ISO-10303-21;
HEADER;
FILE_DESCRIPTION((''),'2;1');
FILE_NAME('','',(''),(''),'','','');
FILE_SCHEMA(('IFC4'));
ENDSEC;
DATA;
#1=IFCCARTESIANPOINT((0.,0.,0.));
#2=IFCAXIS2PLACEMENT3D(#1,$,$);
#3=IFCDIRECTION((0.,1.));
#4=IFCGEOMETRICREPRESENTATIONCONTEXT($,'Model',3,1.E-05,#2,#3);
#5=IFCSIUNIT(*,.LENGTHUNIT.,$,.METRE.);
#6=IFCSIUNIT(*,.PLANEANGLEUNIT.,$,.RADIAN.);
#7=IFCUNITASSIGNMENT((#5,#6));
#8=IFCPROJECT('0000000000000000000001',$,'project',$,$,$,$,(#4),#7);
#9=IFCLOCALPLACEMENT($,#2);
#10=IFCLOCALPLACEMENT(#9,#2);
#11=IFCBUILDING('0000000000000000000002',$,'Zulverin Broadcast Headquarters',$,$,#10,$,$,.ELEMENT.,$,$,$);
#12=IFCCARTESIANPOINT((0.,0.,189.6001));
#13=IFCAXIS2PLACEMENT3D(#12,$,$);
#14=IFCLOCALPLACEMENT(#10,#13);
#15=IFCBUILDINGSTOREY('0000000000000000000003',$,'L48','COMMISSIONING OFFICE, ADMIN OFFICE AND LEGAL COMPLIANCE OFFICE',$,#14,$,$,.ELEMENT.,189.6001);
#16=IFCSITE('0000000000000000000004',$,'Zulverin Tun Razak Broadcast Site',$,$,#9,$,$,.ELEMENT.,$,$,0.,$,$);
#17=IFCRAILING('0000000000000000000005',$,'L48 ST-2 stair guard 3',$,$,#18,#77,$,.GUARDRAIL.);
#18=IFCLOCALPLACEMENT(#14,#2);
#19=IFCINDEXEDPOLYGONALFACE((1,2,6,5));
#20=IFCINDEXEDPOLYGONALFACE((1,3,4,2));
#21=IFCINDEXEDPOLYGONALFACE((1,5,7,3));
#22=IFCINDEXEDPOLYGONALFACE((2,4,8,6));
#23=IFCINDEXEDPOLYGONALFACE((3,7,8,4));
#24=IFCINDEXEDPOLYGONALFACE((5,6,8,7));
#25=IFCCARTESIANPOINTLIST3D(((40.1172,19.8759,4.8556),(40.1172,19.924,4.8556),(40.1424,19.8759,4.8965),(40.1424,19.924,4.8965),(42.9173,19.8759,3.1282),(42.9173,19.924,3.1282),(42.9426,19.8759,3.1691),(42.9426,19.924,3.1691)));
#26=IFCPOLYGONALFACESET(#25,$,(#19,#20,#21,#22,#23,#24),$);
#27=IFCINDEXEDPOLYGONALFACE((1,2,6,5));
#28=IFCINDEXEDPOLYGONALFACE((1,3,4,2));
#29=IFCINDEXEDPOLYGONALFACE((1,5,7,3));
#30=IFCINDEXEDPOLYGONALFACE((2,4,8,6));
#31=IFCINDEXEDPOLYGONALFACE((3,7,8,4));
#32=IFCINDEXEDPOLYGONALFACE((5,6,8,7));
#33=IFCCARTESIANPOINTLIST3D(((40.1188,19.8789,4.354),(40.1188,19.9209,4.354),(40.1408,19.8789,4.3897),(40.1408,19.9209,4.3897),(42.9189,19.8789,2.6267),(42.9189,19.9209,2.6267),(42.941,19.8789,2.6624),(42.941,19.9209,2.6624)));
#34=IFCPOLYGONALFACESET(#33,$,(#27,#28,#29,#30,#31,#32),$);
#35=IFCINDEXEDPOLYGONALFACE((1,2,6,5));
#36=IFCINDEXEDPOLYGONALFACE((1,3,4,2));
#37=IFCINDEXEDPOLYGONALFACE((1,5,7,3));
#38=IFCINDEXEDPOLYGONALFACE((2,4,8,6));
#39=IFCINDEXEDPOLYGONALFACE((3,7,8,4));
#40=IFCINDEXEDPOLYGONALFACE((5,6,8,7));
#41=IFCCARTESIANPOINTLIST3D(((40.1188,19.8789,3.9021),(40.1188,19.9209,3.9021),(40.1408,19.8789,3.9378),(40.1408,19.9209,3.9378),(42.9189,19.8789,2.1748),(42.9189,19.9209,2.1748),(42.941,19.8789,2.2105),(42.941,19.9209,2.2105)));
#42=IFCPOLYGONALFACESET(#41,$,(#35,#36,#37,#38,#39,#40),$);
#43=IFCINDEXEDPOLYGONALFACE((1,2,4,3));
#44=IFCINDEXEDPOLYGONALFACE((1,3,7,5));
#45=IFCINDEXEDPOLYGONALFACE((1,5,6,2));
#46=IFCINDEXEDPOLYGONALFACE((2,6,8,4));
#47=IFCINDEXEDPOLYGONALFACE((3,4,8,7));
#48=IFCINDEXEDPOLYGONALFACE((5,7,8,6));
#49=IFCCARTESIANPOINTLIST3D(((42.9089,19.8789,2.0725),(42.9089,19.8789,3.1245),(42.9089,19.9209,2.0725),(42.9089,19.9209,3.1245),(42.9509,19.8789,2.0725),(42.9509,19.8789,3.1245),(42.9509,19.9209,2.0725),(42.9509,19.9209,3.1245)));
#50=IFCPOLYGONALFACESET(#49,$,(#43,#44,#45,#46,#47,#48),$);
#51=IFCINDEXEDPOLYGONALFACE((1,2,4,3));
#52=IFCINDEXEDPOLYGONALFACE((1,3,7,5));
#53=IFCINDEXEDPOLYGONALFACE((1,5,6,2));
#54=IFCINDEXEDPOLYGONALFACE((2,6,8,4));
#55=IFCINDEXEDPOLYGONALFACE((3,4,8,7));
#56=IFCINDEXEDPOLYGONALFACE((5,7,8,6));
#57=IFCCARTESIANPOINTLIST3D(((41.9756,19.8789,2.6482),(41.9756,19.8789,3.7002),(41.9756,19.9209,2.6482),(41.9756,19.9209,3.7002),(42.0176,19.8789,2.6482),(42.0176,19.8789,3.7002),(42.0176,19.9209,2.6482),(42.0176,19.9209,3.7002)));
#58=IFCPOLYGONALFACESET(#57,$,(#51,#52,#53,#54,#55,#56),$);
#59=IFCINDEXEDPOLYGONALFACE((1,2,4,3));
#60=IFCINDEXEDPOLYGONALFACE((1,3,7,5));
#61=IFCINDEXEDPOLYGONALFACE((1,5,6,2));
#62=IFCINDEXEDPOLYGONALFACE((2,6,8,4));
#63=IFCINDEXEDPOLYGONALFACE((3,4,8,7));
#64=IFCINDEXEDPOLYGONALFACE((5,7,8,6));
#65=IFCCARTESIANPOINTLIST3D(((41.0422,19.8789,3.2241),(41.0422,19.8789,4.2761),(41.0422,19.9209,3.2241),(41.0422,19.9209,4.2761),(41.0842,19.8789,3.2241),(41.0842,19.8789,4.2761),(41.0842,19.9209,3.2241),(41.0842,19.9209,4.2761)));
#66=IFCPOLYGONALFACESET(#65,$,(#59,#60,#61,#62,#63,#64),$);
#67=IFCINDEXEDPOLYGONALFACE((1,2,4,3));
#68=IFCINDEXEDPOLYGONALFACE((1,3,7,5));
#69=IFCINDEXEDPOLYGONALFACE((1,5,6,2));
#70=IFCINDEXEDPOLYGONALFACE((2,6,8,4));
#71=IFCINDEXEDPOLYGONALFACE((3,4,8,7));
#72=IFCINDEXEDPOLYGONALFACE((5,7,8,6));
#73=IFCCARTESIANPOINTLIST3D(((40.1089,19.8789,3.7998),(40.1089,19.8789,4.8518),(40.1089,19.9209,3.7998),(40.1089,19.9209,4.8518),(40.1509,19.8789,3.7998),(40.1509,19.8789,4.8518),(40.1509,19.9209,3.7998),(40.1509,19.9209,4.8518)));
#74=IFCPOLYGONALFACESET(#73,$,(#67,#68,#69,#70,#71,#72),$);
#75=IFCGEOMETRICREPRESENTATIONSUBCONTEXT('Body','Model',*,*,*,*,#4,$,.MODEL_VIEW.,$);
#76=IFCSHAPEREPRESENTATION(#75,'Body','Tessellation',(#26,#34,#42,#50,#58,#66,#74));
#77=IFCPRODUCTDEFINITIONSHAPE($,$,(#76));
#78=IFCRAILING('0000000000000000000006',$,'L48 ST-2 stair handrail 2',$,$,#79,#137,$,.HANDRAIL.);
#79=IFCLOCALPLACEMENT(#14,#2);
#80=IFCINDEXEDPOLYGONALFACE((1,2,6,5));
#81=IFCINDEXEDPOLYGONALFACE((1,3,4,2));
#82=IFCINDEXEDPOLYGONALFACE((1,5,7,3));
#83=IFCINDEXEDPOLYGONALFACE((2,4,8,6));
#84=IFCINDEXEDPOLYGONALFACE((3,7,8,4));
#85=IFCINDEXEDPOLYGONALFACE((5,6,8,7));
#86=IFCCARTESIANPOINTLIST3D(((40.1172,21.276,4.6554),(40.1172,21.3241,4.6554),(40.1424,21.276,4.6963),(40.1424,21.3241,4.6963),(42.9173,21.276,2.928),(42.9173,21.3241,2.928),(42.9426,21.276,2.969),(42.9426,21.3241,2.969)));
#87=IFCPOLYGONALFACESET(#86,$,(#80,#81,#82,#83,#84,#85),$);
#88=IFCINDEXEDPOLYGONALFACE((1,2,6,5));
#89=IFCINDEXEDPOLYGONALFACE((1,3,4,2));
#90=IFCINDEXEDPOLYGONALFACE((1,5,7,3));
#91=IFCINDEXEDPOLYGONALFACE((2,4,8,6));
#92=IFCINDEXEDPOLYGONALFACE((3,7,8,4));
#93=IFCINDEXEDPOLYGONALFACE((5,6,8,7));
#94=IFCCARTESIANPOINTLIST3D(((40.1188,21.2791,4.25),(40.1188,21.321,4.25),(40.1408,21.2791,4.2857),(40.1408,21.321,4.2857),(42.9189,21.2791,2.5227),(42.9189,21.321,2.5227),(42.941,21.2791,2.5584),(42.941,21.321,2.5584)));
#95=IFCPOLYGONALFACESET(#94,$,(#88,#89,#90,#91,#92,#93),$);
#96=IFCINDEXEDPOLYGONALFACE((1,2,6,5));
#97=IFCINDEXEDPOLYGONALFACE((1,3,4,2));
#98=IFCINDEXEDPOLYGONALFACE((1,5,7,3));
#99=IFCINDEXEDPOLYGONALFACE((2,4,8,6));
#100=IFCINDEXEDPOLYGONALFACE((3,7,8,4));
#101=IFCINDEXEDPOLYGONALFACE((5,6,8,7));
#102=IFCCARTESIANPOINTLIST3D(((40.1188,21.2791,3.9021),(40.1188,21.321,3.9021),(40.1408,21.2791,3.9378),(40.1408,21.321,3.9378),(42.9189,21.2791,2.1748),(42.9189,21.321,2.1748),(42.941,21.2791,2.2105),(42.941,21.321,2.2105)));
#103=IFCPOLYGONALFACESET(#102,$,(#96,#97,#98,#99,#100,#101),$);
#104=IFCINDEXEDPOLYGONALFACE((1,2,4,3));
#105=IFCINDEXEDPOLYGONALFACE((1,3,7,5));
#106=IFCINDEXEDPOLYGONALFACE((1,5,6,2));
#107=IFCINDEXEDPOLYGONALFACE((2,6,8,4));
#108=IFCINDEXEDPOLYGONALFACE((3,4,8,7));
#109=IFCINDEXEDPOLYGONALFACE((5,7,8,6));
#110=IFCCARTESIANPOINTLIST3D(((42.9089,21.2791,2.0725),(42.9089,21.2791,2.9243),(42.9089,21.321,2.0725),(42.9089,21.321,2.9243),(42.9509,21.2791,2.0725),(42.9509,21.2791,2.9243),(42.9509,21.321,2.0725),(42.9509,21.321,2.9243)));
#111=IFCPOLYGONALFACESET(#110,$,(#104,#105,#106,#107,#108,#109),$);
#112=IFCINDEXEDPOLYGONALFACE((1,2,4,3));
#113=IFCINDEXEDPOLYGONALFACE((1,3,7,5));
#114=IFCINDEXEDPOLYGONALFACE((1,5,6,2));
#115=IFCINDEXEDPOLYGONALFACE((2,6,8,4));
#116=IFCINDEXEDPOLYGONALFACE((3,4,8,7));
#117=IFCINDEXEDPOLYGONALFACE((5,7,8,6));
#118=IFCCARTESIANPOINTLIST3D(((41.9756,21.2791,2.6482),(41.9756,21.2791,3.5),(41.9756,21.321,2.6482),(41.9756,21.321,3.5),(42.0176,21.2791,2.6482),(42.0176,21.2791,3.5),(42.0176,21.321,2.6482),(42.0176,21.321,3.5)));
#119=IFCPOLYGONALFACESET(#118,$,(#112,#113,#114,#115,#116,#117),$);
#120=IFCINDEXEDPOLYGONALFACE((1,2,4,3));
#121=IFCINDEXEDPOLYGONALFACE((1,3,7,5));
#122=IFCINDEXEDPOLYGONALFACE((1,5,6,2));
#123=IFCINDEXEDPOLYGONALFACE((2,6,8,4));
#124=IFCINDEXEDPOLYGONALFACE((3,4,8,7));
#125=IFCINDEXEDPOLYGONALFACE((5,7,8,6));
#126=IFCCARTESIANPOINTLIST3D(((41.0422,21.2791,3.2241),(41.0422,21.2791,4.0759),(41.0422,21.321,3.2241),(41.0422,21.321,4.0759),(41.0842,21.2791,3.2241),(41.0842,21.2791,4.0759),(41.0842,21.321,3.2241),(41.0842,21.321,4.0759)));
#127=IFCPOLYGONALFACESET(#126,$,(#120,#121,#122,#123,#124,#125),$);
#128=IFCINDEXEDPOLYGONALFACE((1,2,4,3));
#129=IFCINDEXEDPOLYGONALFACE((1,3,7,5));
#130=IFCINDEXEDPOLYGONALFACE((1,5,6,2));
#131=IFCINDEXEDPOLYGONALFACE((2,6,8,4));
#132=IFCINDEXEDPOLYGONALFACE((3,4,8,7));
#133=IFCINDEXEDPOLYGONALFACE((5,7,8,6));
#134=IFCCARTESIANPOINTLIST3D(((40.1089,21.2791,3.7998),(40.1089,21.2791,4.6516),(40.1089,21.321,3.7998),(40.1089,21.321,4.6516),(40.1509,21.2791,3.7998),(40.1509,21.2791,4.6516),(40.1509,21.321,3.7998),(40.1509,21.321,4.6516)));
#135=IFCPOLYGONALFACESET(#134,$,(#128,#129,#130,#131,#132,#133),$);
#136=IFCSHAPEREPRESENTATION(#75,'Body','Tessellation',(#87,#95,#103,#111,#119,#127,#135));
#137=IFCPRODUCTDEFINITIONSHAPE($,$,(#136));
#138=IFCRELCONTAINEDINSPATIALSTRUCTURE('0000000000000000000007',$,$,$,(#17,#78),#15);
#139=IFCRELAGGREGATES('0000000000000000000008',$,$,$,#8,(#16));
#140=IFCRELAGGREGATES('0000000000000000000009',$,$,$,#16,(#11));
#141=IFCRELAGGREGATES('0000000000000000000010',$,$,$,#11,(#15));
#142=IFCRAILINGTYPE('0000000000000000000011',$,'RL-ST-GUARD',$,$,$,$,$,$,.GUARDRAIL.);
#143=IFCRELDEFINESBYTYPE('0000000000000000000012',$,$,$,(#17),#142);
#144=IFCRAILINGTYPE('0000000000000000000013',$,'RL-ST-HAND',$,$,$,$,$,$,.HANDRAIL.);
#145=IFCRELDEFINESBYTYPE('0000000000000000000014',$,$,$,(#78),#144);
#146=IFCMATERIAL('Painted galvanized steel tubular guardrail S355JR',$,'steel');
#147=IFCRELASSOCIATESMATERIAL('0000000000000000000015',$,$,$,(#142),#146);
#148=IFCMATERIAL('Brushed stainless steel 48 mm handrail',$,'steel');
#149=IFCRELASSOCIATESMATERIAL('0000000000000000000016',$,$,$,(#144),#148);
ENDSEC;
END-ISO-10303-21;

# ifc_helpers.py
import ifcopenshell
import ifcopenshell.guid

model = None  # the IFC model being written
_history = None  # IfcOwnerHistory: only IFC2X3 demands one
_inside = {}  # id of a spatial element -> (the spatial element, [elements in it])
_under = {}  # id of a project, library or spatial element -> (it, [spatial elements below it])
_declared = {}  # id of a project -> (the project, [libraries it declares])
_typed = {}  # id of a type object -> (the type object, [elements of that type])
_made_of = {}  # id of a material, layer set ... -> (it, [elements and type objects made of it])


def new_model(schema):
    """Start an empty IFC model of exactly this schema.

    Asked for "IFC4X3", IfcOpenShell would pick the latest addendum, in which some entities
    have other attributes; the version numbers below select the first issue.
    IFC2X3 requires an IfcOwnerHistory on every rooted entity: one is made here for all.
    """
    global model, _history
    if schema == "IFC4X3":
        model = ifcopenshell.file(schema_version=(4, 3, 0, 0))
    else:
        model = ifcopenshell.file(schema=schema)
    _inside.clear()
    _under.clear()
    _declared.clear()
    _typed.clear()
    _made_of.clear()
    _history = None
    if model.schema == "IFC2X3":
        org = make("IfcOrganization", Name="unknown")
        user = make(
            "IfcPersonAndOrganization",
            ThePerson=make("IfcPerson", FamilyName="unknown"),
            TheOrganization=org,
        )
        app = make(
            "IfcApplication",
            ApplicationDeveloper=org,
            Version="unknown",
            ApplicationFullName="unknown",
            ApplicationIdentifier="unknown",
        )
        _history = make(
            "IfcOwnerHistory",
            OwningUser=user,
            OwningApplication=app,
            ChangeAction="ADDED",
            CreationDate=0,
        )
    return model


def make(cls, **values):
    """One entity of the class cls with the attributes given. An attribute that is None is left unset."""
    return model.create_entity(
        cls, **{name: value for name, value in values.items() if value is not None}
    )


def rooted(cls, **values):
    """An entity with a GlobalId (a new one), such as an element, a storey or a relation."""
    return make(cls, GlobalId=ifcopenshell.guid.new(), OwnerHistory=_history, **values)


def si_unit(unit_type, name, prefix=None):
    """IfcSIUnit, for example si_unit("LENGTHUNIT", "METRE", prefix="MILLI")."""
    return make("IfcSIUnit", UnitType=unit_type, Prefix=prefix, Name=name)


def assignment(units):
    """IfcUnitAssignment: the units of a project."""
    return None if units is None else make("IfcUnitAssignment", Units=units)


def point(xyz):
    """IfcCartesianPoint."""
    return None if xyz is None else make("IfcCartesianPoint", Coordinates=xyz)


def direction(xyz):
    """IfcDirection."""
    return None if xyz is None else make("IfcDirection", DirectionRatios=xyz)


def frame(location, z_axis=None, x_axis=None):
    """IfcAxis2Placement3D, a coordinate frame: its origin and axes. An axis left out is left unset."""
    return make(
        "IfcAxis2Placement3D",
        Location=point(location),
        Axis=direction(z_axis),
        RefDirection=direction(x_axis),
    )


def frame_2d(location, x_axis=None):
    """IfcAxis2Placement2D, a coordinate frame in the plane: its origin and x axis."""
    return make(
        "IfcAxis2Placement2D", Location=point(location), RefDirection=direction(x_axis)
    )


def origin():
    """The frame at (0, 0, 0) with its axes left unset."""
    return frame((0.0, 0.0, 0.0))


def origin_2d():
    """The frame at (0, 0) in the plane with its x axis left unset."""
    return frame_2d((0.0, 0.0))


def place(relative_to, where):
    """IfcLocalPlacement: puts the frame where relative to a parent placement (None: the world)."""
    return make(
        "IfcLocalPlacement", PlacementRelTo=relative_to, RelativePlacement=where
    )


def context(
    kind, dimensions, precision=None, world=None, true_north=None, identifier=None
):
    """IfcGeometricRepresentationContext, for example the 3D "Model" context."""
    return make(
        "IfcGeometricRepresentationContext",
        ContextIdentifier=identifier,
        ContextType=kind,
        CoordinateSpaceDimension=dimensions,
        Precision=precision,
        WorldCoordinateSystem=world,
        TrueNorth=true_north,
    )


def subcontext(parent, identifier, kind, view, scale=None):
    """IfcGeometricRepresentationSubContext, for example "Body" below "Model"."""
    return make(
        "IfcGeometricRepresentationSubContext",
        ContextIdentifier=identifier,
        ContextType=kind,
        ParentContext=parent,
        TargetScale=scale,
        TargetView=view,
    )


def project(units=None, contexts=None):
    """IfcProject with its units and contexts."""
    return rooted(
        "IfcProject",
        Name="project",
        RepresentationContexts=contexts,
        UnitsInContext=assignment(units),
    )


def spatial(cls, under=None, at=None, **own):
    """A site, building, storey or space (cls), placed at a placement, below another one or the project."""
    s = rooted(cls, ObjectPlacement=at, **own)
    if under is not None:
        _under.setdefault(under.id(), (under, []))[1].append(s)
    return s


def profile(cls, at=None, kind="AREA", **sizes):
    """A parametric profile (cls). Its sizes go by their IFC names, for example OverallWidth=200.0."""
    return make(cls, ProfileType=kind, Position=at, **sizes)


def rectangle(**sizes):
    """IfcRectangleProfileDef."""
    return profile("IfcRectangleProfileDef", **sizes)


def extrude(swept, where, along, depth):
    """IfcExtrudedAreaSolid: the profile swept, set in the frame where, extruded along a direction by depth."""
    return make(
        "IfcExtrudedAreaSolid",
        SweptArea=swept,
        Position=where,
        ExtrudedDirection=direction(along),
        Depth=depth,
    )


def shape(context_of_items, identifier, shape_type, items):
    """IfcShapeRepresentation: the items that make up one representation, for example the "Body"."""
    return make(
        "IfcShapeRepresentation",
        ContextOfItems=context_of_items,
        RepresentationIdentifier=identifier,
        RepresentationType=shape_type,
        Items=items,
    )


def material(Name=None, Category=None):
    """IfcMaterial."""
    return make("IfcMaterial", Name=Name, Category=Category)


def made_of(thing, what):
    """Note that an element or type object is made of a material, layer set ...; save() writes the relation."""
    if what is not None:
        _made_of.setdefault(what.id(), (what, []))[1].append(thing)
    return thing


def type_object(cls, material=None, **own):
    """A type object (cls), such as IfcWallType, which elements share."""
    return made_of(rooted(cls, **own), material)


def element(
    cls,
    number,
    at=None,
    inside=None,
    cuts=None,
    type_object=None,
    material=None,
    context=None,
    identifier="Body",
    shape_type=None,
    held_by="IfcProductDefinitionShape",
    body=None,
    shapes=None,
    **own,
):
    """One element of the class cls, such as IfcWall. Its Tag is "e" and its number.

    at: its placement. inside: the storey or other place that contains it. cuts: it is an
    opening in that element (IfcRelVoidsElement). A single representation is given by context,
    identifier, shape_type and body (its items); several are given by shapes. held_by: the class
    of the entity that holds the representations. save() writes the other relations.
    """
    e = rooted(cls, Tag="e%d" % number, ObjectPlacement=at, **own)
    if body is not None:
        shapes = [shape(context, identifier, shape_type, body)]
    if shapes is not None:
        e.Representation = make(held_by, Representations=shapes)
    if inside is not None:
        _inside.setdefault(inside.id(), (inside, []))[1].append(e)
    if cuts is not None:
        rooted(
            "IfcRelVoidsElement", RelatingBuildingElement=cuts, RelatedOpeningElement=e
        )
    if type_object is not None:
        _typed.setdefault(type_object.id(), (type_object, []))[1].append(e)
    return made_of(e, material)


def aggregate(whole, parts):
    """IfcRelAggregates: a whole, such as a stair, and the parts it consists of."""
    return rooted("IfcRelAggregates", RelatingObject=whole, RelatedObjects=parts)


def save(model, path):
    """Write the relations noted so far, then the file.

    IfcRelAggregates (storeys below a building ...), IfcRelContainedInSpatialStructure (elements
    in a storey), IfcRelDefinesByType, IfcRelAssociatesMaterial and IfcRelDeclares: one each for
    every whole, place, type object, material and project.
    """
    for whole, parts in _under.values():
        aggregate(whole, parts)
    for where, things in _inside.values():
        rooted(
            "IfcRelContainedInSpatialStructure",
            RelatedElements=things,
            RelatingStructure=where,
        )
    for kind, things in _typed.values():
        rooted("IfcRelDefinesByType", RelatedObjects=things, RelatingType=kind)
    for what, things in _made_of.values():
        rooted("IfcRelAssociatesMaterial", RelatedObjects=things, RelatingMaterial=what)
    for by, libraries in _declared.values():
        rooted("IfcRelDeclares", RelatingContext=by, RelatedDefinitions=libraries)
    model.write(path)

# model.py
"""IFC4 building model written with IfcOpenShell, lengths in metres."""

from ifc_helpers import new_model, si_unit, direction, frame, origin, origin_2d, place, context, subcontext, project, spatial, rectangle, extrude, material, type_object, element, save


model = new_model("IFC4")

# Units and contexts
model_context = context("Model", 3, precision=1e-05, world=origin(), true_north=direction((0.0, 1.0)))
body_context = subcontext(model_context, "Body", "Model", "MODEL_VIEW")
ifc_project = project(units=[si_unit("LENGTHUNIT", "METRE"), si_unit("PLANEANGLEUNIT", "RADIAN")], contexts=[model_context])

# Site, building, storey
site_placement = place(None, origin())
site = spatial("IfcSite", under=ifc_project, at=site_placement, Name="Zulverin Tun Razak Broadcast Site", CompositionType="ELEMENT", RefElevation=0.0)
building_placement = place(site_placement, origin())
building = spatial("IfcBuilding", under=site, at=building_placement, Name="Zulverin Broadcast Headquarters", CompositionType="ELEMENT")
storey_placement = place(building_placement, frame((0.0, 0.0, 189.6001)))
storey = spatial("IfcBuildingStorey", under=building, at=storey_placement, Name="L48", Description="COMMISSIONING OFFICE, ADMIN OFFICE AND LEGAL COMPLIANCE OFFICE", CompositionType="ELEMENT", Elevation=189.6001)

# Railings
ifc_material_1 = material(Name="Painted galvanized steel tubular guardrail S355JR", Category="steel")
railing_type_1 = type_object("IfcRailingType", Name="RL-ST-GUARD", PredefinedType="GUARDRAIL", material=ifc_material_1)
railing_1_placement = place(storey_placement, frame((42.9299, 19.8999, 2.0725)))
element("IfcRailing", 1, at=railing_1_placement, inside=storey, type_object=railing_type_1, Name="L48 ST-2 stair guard 3", PredefinedType="GUARDRAIL", context=body_context, shape_type="SweptSolid", body=[
    extrude(rectangle(XDim=0.0481, YDim=0.0481, at=origin_2d()), frame((0.0, 0.0, 1.0762), z_axis=(-0.85109, 0.0, 0.52502), x_axis=(0.0, -1.0, 0.0)), (0.0, 0.0, 1.0), 3.29),
    extrude(rectangle(XDim=0.042, YDim=0.042, at=origin_2d()), frame((0.0, 0.0, 0.572), z_axis=(-0.85109, 0.0, 0.52502), x_axis=(0.0, -1.0, 0.0)), (0.0, 0.0, 1.0), 3.29),
    extrude(rectangle(XDim=0.042, YDim=0.042, at=origin_2d()), frame((0.0, 0.0, 0.1201), z_axis=(-0.85109, 0.0, 0.52502), x_axis=(0.0, -1.0, 0.0)), (0.0, 0.0, 1.0), 3.29),
    extrude(rectangle(XDim=0.042, YDim=0.042, at=origin_2d()), origin(), (0.0, 0.0, 1.0), 1.052),
    extrude(rectangle(XDim=0.042, YDim=0.042, at=origin_2d()), frame((-0.9333, 0.0, 0.5757)), (0.0, 0.0, 1.0), 1.052),
    extrude(rectangle(XDim=0.042, YDim=0.042, at=origin_2d()), frame((-1.8667, 0.0, 1.1516)), (0.0, 0.0, 1.0), 1.052),
    extrude(rectangle(XDim=0.042, YDim=0.042, at=origin_2d()), frame((-2.8, 0.0, 1.7273)), (0.0, 0.0, 1.0), 1.052),
])
ifc_material_2 = material(Name="Brushed stainless steel 48 mm handrail", Category="steel")
railing_type_2 = type_object("IfcRailingType", Name="RL-ST-HAND", PredefinedType="HANDRAIL", material=ifc_material_2)
railing_2_placement = place(storey_placement, frame((42.9299, 21.3, 2.0725)))
element("IfcRailing", 2, at=railing_2_placement, inside=storey, type_object=railing_type_2, Name="L48 ST-2 stair handrail 2", PredefinedType="HANDRAIL", context=body_context, shape_type="SweptSolid", body=[
    extrude(rectangle(XDim=0.0481, YDim=0.0481, at=origin_2d()), frame((0.0, 0.0, 0.876), z_axis=(-0.85109, 0.0, 0.52502), x_axis=(0.0, -1.0, 0.0)), (0.0, 0.0, 1.0), 3.29),
    extrude(rectangle(XDim=0.042, YDim=0.042, at=origin_2d()), frame((0.0, 0.0, 0.468), z_axis=(-0.85109, 0.0, 0.52502), x_axis=(0.0, -1.0, 0.0)), (0.0, 0.0, 1.0), 3.29),
    extrude(rectangle(XDim=0.042, YDim=0.042, at=origin_2d()), frame((0.0, 0.0, 0.1201), z_axis=(-0.85109, 0.0, 0.52502), x_axis=(0.0, -1.0, 0.0)), (0.0, 0.0, 1.0), 3.29),
    extrude(rectangle(XDim=0.042, YDim=0.042, at=origin_2d()), origin(), (0.0, 0.0, 1.0), 0.8518),
    extrude(rectangle(XDim=0.042, YDim=0.042, at=origin_2d()), frame((-0.9333, 0.0, 0.5757)), (0.0, 0.0, 1.0), 0.8518),
    extrude(rectangle(XDim=0.042, YDim=0.042, at=origin_2d()), frame((-1.8667, 0.0, 1.1516)), (0.0, 0.0, 1.0), 0.8518),
    extrude(rectangle(XDim=0.042, YDim=0.042, at=origin_2d()), frame((-2.8, 0.0, 1.7273)), (0.0, 0.0, 1.0), 0.8518),
])

save(model, "model.ifc")
